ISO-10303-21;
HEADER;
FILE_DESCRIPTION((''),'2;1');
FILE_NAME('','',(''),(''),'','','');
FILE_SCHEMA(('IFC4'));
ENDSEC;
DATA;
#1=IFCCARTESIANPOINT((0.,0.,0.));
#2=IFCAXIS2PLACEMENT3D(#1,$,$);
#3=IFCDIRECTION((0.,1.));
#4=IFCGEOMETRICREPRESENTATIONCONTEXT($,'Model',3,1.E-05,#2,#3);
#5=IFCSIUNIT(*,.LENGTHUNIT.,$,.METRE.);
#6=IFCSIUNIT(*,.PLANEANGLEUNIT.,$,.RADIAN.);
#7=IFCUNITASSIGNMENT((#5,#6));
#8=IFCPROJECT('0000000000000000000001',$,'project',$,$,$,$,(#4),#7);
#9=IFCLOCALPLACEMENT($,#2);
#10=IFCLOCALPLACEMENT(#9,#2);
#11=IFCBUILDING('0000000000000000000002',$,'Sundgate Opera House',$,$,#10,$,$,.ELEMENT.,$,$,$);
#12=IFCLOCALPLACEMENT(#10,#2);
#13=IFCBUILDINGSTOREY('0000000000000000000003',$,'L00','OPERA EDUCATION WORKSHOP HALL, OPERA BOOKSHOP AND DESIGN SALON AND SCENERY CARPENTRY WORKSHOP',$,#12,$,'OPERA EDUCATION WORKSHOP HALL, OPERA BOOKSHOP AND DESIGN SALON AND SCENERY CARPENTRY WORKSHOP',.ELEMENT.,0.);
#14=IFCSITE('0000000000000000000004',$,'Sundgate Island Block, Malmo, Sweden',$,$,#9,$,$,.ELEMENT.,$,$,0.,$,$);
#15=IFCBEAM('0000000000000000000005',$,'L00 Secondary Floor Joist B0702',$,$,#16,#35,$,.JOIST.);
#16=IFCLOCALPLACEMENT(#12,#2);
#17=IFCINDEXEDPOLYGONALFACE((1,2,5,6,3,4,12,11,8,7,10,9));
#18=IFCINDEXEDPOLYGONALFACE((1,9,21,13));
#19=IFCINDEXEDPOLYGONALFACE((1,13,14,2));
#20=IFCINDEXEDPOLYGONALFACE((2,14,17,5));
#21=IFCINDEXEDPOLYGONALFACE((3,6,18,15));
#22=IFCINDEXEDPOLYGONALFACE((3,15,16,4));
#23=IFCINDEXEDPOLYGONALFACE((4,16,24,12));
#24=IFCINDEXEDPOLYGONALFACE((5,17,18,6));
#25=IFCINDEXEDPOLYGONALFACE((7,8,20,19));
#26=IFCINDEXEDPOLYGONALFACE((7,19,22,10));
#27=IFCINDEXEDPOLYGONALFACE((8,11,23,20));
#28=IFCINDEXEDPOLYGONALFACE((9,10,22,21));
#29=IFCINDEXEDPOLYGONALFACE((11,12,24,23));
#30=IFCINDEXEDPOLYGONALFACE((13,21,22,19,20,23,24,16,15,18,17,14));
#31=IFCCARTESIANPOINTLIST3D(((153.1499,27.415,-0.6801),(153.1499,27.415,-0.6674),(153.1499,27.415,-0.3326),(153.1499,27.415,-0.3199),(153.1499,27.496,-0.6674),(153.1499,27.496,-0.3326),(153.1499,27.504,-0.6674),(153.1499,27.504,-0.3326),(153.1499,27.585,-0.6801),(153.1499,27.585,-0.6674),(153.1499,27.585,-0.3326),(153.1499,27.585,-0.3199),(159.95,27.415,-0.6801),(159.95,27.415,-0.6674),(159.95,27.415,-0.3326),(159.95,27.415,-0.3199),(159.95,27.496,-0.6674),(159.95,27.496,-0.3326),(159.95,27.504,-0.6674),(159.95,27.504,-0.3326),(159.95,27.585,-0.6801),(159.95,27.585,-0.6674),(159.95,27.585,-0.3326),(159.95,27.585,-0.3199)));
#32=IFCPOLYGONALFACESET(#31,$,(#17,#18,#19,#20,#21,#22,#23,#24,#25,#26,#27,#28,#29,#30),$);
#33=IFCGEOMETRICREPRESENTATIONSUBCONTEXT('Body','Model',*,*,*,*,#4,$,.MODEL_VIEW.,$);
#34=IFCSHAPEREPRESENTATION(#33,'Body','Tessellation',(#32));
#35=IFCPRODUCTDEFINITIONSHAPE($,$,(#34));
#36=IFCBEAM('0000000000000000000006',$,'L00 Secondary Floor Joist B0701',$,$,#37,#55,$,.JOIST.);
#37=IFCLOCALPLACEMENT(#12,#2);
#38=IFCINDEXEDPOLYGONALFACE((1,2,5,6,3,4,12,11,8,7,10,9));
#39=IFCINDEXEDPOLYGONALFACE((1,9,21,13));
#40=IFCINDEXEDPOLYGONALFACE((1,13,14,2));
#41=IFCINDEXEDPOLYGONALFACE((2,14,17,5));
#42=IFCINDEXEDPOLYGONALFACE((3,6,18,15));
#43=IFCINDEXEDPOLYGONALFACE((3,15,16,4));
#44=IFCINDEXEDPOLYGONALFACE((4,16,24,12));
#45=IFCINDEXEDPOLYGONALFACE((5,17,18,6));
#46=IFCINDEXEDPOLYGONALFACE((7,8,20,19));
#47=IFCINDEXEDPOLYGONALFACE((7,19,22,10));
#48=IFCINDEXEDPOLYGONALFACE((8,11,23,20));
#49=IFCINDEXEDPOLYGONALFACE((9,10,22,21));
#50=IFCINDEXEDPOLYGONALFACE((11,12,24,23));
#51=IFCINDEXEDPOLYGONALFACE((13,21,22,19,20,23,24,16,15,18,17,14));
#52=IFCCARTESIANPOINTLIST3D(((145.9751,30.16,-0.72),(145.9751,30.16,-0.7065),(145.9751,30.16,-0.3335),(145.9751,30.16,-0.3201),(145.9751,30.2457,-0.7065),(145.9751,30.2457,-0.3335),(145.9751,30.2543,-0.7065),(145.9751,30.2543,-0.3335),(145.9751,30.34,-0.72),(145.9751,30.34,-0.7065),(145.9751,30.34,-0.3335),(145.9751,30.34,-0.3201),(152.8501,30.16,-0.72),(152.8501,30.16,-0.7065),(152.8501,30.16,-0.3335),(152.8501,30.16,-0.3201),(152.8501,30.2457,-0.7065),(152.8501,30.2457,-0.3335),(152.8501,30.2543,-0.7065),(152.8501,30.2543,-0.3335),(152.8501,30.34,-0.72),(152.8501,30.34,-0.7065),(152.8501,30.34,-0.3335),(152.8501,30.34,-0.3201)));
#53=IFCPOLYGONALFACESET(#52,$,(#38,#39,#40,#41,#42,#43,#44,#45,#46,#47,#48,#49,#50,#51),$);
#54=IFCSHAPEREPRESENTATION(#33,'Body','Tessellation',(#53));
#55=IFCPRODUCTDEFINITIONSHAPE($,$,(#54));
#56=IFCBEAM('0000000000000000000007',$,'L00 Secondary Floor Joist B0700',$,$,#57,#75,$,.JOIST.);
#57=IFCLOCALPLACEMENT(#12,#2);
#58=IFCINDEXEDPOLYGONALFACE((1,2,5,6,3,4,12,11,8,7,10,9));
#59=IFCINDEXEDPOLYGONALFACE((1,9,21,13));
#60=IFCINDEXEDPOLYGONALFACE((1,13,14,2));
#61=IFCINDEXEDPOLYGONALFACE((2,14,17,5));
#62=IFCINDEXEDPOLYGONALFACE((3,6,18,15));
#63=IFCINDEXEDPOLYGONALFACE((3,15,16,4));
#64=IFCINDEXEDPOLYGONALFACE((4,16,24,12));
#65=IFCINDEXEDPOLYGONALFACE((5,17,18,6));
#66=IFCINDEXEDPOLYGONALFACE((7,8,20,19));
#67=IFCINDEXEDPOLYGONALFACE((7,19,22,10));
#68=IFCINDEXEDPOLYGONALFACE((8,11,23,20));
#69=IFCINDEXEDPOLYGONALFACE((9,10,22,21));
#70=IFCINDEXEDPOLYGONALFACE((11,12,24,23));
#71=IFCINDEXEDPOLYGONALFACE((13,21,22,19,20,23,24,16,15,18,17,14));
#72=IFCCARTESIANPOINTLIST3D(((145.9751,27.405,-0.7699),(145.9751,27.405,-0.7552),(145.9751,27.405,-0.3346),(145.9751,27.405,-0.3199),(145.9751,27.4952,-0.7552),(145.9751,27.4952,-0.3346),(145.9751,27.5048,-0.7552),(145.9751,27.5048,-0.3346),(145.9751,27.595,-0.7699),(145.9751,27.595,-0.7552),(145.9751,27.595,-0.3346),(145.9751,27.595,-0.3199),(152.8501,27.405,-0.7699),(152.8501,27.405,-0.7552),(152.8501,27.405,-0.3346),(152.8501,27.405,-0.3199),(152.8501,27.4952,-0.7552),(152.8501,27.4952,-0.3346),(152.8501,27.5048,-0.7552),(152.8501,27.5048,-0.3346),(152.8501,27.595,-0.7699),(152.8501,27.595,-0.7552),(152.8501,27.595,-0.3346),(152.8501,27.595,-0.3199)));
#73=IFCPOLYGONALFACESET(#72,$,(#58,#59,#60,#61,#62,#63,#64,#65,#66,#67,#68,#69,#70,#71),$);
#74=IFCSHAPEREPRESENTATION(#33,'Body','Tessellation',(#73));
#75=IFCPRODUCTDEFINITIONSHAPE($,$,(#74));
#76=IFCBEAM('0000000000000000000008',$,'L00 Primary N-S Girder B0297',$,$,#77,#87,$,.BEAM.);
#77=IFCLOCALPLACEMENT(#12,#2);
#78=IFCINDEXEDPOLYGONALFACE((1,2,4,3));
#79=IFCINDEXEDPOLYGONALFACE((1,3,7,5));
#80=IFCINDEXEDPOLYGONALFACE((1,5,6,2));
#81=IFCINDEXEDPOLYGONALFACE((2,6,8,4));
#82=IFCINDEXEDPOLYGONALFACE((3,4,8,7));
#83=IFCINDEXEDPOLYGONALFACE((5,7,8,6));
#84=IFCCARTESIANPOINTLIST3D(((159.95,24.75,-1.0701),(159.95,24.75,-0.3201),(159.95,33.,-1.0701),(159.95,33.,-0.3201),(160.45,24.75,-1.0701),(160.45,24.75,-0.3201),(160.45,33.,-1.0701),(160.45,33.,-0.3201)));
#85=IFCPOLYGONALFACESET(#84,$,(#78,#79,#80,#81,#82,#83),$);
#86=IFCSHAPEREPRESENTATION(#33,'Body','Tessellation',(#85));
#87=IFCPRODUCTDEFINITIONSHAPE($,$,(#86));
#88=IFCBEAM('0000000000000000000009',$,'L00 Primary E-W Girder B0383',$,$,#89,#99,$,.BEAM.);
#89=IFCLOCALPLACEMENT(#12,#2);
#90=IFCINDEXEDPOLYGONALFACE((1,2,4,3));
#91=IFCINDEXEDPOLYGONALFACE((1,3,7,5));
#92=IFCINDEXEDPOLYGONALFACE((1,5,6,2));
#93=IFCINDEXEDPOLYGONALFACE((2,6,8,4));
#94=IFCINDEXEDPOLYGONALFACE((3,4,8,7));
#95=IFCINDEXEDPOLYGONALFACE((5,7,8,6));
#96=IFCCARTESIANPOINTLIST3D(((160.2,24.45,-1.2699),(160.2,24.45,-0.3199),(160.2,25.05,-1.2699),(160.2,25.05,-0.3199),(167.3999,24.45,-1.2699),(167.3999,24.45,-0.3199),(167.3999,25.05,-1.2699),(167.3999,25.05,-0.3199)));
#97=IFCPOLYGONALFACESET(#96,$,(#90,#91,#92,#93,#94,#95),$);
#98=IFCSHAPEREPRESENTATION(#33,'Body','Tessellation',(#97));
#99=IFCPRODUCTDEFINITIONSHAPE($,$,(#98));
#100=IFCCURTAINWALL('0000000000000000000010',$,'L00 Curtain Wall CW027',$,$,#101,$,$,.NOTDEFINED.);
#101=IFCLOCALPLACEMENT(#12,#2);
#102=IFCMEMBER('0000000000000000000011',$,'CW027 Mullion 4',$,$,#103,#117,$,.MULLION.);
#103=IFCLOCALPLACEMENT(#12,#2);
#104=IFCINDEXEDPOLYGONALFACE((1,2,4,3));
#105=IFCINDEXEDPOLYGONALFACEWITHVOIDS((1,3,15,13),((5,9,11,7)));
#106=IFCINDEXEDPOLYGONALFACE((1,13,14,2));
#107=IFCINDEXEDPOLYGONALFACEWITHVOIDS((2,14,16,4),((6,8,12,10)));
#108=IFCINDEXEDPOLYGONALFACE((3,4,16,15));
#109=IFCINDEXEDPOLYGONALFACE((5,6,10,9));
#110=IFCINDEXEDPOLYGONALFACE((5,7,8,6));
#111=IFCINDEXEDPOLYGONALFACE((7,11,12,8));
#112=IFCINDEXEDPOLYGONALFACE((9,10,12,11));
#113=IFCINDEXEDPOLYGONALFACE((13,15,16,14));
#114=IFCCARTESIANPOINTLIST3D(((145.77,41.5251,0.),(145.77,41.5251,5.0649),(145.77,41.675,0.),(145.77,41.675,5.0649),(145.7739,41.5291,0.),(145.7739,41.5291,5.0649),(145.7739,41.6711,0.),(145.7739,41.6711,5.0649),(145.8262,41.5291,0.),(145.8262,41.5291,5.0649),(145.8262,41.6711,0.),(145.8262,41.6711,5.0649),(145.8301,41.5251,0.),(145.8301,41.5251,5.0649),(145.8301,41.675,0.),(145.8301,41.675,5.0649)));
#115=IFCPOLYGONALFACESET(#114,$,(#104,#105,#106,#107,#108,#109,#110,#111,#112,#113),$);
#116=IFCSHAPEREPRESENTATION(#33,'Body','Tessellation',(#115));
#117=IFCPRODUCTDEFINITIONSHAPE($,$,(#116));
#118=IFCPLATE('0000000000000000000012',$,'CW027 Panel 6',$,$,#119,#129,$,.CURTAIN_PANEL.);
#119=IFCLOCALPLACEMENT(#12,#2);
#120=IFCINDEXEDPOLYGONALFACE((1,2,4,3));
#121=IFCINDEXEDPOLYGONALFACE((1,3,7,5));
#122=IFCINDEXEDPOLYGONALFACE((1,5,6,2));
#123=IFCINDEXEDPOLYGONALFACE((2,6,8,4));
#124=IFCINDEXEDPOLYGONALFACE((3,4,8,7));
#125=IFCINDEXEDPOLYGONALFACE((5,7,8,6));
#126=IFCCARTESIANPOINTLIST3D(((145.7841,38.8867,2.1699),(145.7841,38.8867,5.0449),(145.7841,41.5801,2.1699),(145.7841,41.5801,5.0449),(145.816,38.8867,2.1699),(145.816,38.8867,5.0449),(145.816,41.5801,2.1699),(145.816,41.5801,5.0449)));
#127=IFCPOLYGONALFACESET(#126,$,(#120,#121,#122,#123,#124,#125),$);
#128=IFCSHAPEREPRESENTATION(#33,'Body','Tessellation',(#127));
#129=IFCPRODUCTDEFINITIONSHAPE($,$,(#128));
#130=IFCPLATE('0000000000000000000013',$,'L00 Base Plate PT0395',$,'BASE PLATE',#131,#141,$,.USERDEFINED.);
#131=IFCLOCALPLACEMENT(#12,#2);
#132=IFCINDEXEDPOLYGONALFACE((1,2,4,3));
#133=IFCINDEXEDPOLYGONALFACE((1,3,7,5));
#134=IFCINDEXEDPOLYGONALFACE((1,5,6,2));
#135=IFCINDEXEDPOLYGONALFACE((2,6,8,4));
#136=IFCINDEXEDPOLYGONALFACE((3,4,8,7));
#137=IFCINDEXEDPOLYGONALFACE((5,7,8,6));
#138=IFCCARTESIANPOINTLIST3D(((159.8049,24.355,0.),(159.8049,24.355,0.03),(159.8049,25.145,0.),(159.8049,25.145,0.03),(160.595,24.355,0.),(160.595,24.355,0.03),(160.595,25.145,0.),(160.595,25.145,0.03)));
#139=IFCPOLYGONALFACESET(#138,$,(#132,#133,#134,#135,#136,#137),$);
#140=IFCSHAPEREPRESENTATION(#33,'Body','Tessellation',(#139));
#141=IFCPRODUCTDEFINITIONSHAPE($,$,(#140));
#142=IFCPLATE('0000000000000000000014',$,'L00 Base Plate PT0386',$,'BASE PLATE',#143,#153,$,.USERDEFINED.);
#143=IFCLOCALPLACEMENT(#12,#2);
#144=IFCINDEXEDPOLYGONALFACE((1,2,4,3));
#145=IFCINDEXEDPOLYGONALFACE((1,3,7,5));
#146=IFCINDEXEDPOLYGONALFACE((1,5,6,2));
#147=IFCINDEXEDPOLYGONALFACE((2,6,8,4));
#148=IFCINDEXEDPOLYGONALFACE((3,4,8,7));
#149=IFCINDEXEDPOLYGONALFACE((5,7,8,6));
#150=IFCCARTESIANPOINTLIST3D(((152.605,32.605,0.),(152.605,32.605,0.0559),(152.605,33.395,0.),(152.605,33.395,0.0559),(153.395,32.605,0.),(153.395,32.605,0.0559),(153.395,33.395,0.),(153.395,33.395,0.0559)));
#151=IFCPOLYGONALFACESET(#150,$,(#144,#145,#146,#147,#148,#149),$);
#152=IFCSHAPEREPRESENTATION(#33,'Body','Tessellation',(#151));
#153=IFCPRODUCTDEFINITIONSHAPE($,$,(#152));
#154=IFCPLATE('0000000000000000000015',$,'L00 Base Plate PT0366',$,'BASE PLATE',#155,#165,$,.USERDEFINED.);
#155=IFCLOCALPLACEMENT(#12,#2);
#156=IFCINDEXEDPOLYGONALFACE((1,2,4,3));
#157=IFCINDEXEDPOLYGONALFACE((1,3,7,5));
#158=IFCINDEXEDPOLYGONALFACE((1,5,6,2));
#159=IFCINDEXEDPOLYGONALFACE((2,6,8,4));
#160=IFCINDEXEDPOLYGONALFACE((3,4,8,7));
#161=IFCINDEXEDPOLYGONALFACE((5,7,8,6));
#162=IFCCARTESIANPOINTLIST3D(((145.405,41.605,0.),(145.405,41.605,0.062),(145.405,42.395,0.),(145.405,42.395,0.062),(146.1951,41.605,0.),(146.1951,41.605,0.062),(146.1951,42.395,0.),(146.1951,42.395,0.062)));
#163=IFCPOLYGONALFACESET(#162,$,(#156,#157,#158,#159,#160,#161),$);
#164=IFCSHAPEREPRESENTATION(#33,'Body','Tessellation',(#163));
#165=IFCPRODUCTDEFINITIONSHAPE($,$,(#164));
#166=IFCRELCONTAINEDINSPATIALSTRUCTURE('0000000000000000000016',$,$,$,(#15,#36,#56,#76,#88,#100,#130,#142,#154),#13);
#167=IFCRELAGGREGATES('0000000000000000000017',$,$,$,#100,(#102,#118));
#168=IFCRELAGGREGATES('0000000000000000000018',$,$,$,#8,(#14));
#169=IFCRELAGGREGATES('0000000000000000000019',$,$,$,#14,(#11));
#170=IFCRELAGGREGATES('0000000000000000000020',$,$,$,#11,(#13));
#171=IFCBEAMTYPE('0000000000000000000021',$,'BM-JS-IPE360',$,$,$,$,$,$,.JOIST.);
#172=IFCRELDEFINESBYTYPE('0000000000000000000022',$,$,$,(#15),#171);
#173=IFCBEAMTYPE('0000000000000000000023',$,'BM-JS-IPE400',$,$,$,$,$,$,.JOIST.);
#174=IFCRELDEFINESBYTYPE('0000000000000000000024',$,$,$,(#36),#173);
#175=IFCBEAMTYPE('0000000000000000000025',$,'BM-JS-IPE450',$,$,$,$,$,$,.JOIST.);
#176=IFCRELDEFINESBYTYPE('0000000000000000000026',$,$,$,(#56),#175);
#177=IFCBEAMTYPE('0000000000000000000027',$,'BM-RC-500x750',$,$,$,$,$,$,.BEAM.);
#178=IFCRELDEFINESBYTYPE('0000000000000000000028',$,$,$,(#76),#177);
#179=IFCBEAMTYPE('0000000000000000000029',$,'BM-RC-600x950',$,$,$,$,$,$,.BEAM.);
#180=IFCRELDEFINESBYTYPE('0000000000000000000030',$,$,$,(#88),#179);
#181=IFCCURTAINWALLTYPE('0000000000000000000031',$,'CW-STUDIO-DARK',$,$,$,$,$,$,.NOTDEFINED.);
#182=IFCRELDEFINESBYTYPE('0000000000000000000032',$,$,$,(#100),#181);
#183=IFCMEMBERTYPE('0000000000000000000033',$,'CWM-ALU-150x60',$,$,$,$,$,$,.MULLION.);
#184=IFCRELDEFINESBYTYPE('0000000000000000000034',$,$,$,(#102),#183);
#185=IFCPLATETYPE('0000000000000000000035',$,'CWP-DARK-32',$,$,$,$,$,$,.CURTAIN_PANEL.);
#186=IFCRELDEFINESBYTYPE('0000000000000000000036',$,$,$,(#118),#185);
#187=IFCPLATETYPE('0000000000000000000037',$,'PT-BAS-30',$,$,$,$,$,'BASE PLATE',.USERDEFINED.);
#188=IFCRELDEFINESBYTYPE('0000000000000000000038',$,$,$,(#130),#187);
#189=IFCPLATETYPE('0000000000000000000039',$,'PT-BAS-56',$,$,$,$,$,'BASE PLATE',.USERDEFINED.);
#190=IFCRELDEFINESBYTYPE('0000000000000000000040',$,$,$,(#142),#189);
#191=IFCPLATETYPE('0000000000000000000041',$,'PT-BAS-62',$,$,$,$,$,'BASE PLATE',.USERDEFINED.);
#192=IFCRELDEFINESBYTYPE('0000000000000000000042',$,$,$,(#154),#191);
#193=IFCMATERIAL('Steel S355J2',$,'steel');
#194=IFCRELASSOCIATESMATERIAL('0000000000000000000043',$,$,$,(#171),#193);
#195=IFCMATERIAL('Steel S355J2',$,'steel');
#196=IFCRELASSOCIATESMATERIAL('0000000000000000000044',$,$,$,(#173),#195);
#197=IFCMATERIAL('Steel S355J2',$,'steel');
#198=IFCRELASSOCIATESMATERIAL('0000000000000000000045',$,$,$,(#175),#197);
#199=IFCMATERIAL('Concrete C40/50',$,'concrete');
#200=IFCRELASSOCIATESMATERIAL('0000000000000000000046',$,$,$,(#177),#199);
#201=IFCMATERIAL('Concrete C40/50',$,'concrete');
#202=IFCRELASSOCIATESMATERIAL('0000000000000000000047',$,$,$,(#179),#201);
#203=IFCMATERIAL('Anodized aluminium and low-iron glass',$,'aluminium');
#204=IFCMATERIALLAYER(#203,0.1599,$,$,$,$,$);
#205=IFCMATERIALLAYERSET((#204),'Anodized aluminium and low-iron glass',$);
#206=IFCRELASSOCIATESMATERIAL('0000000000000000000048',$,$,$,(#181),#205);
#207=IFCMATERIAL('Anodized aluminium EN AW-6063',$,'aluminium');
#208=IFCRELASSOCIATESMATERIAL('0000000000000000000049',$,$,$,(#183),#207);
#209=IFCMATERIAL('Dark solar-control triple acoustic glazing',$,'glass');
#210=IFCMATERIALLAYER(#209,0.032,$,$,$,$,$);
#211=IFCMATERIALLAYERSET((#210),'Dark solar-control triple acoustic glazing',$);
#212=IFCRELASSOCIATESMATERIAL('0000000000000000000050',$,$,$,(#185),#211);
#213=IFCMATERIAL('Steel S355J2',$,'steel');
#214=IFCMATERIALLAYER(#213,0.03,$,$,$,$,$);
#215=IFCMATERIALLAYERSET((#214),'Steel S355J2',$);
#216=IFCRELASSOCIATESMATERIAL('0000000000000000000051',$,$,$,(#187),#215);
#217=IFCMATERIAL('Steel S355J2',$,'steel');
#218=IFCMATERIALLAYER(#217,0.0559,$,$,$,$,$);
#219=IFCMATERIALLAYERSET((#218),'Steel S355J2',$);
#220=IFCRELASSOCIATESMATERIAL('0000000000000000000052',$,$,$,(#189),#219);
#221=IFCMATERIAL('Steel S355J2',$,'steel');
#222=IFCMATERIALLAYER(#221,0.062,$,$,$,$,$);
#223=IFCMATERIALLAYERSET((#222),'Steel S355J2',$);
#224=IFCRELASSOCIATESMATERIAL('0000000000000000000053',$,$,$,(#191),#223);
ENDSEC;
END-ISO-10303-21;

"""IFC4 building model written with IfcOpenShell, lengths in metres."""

from ifc_helpers import new_model, si_unit, direction, frame, origin, origin_2d, place, context, subcontext, project, spatial, rectangle, hollow_rectangle, i_section, extrude, material, layer, layer_set, material_profile, profile_set, type_object, element, aggregate, save


model = new_model("IFC4")

# Units and contexts
model_context = context("Model", 3, precision=1e-05, world=origin(), true_north=direction((0.0, 1.0)))
body_context = subcontext(model_context, "Body", "Model", "MODEL_VIEW")
ifc_project = project(units=[si_unit("LENGTHUNIT", "METRE"), si_unit("PLANEANGLEUNIT", "RADIAN")], contexts=[model_context])

# Site, building, storey
site_placement = place(None, origin())
site = spatial("IfcSite", under=ifc_project, at=site_placement, Name="Sundgate Island Block, Malmo, Sweden", CompositionType="ELEMENT", RefElevation=0.0)
building_placement = place(site_placement, origin())
building = spatial("IfcBuilding", under=site, at=building_placement, Name="Sundgate Opera House", CompositionType="ELEMENT")
storey_placement = place(building_placement, origin())
storey = spatial("IfcBuildingStorey", under=building, at=storey_placement, Name="L00", Description="OPERA EDUCATION WORKSHOP HALL, OPERA BOOKSHOP AND DESIGN SALON AND SCENERY CARPENTRY WORKSHOP", LongName="OPERA EDUCATION WORKSHOP HALL, OPERA BOOKSHOP AND DESIGN SALON AND SCENERY CARPENTRY WORKSHOP", CompositionType="ELEMENT", Elevation=0.0)

# Beams
ifc_material_1 = material(Name="Steel S355J2", Category="steel")
ifc_material_profile_1 = material_profile(ifc_material_1, i_section(OverallWidth=0.1699, OverallDepth=0.3601, WebThickness=0.0081, FlangeThickness=0.0127, at=origin_2d()), Name="IPE 360")
ifc_profile_set_1 = profile_set([ifc_material_profile_1], Name="Steel S355J2")
beam_type_1 = type_object("IfcBeamType", Name="BM-JS-IPE360", PredefinedType="JOIST", material=ifc_profile_set_1)
beam_1_placement = place(storey_placement, frame((153.1499, 27.5, -0.5), z_axis=(1.0, 0.0, 0.0), x_axis=(0.0, 1.0, 0.0)))
element("IfcBeam", 1, at=beam_1_placement, inside=storey, type_object=beam_type_1, Name="L00 Secondary Floor Joist B0702", PredefinedType="JOIST", context=body_context, shape_type="SweptSolid", body=[
    extrude(i_section(OverallWidth=0.1699, OverallDepth=0.3601, WebThickness=0.0081, FlangeThickness=0.0127, at=origin_2d()), origin(), (0.0, 0.0, 1.0), 6.8),
])
ifc_material_2 = material(Name="Steel S355J2", Category="steel")
ifc_material_profile_2 = material_profile(ifc_material_2, i_section(OverallWidth=0.1799, OverallDepth=0.3999, WebThickness=0.0085, FlangeThickness=0.0134, at=origin_2d()), Name="IPE 400")
ifc_profile_set_2 = profile_set([ifc_material_profile_2], Name="Steel S355J2")
beam_type_2 = type_object("IfcBeamType", Name="BM-JS-IPE400", PredefinedType="JOIST", material=ifc_profile_set_2)
beam_2_placement = place(storey_placement, frame((145.9751, 30.25, -0.52), z_axis=(1.0, 0.0, 0.0), x_axis=(0.0, 1.0, 0.0)))
element("IfcBeam", 2, at=beam_2_placement, inside=storey, type_object=beam_type_2, Name="L00 Secondary Floor Joist B0701", PredefinedType="JOIST", context=body_context, shape_type="SweptSolid", body=[
    extrude(i_section(OverallWidth=0.1799, OverallDepth=0.3999, WebThickness=0.0085, FlangeThickness=0.0134, at=origin_2d()), origin(), (0.0, 0.0, 1.0), 6.875),
])
ifc_material_3 = material(Name="Steel S355J2", Category="steel")
ifc_material_profile_3 = material_profile(ifc_material_3, i_section(OverallWidth=0.1899, OverallDepth=0.45, WebThickness=0.0095, FlangeThickness=0.0146, at=origin_2d()), Name="IPE 450")
ifc_profile_set_3 = profile_set([ifc_material_profile_3], Name="Steel S355J2")
beam_type_3 = type_object("IfcBeamType", Name="BM-JS-IPE450", PredefinedType="JOIST", material=ifc_profile_set_3)
beam_3_placement = place(storey_placement, frame((145.9751, 27.5, -0.5449), z_axis=(1.0, 0.0, 0.0), x_axis=(0.0, 1.0, 0.0)))
element("IfcBeam", 3, at=beam_3_placement, inside=storey, type_object=beam_type_3, Name="L00 Secondary Floor Joist B0700", PredefinedType="JOIST", context=body_context, shape_type="SweptSolid", body=[
    extrude(i_section(OverallWidth=0.1899, OverallDepth=0.45, WebThickness=0.0095, FlangeThickness=0.0146, at=origin_2d()), origin(), (0.0, 0.0, 1.0), 6.875),
])
ifc_material_4 = material(Name="Concrete C40/50", Category="concrete")
ifc_material_profile_4 = material_profile(ifc_material_4, rectangle(XDim=0.5, YDim=0.75, at=origin_2d()), Name="RC 500x750")
ifc_profile_set_4 = profile_set([ifc_material_profile_4], Name="Concrete C40/50")
beam_type_4 = type_object("IfcBeamType", Name="BM-RC-500x750", PredefinedType="BEAM", material=ifc_profile_set_4)
beam_4_placement = place(storey_placement, frame((160.2, 24.75, -0.6951), z_axis=(0.0, 1.0, 0.0), x_axis=(-1.0, 0.0, 0.0)))
element("IfcBeam", 4, at=beam_4_placement, inside=storey, type_object=beam_type_4, Name="L00 Primary N-S Girder B0297", PredefinedType="BEAM", context=body_context, shape_type="SweptSolid", body=[
    extrude(rectangle(XDim=0.5, YDim=0.75, at=origin_2d()), origin(), (0.0, 0.0, 1.0), 8.25),
])
ifc_material_5 = material(Name="Concrete C40/50", Category="concrete")
ifc_material_profile_5 = material_profile(ifc_material_5, rectangle(XDim=0.6001, YDim=0.95, at=origin_2d()), Name="RC 600x950")
ifc_profile_set_5 = profile_set([ifc_material_profile_5], Name="Concrete C40/50")
beam_type_5 = type_object("IfcBeamType", Name="BM-RC-600x950", PredefinedType="BEAM", material=ifc_profile_set_5)
beam_5_placement = place(storey_placement, frame((160.2, 24.75, -0.7949), z_axis=(1.0, 0.0, 0.0), x_axis=(0.0, 1.0, 0.0)))
element("IfcBeam", 5, at=beam_5_placement, inside=storey, type_object=beam_type_5, Name="L00 Primary E-W Girder B0383", PredefinedType="BEAM", context=body_context, shape_type="SweptSolid", body=[
    extrude(rectangle(XDim=0.6001, YDim=0.95, at=origin_2d()), origin(), (0.0, 0.0, 1.0), 7.2),
])

# Curtain wall, member, plate
ifc_material_6 = material(Name="Anodized aluminium and low-iron glass", Category="aluminium")
ifc_layer_1 = layer(ifc_material_6, 0.1599)
ifc_layer_set_1 = layer_set([ifc_layer_1], Name="Anodized aluminium and low-iron glass")
curtain_wall_type = type_object("IfcCurtainWallType", Name="CW-STUDIO-DARK", PredefinedType="NOTDEFINED", material=ifc_layer_set_1)
curtain_wall_placement = place(storey_placement, origin())
curtain_wall = element("IfcCurtainWall", 6, at=curtain_wall_placement, inside=storey, type_object=curtain_wall_type, Name="L00 Curtain Wall CW027", PredefinedType="NOTDEFINED")
ifc_material_7 = material(Name="Anodized aluminium EN AW-6063", Category="aluminium")
ifc_material_profile_6 = material_profile(ifc_material_7, hollow_rectangle(XDim=0.0601, YDim=0.1499, WallThickness=0.0039, at=origin_2d()), Name="CWM 150x60x4")
ifc_profile_set_6 = profile_set([ifc_material_profile_6], Name="Anodized aluminium EN AW-6063")
member_type = type_object("IfcMemberType", Name="CWM-ALU-150x60", PredefinedType="MULLION", material=ifc_profile_set_6)
member_placement = place(storey_placement, frame((145.8, 41.6001, 0.0), z_axis=(0.0, 0.0, 1.0), x_axis=(1.0, 0.0, 0.0)))
member = element("IfcMember", 7, at=member_placement, type_object=member_type, Name="CW027 Mullion 4", PredefinedType="MULLION", context=body_context, shape_type="SweptSolid", body=[
    extrude(hollow_rectangle(XDim=0.0601, YDim=0.1499, WallThickness=0.0039, at=origin_2d()), origin(), (0.0, 0.0, 1.0), 5.0649),
])
ifc_material_8 = material(Name="Dark solar-control triple acoustic glazing", Category="glass")
ifc_layer_2 = layer(ifc_material_8, 0.032)
ifc_layer_set_2 = layer_set([ifc_layer_2], Name="Dark solar-control triple acoustic glazing")
plate_type_1 = type_object("IfcPlateType", Name="CWP-DARK-32", PredefinedType="CURTAIN_PANEL", material=ifc_layer_set_2)
plate_1_placement = place(storey_placement, frame((145.8, 40.2334, 2.1699), z_axis=(0.0, 0.0, 1.0), x_axis=(0.0, 1.0, 0.0)))
plate_1 = element("IfcPlate", 8, at=plate_1_placement, type_object=plate_type_1, Name="CW027 Panel 6", PredefinedType="CURTAIN_PANEL", context=body_context, shape_type="SweptSolid", body=[
    extrude(rectangle(XDim=2.6934, YDim=0.032, at=origin_2d()), origin(), (0.0, 0.0, 1.0), 2.875),
])
aggregate(curtain_wall, [member, plate_1])

# Plates
ifc_material_9 = material(Name="Steel S355J2", Category="steel")
ifc_layer_3 = layer(ifc_material_9, 0.03)
ifc_layer_set_3 = layer_set([ifc_layer_3], Name="Steel S355J2")
plate_type_2 = type_object("IfcPlateType", Name="PT-BAS-30", ElementType="BASE PLATE", PredefinedType="USERDEFINED", material=ifc_layer_set_3)
plate_2_placement = place(storey_placement, frame((160.2, 24.75, 0.0), z_axis=(0.0, 0.0, 1.0), x_axis=(1.0, 0.0, 0.0)))
element("IfcPlate", 9, at=plate_2_placement, inside=storey, type_object=plate_type_2, Name="L00 Base Plate PT0395", ObjectType="BASE PLATE", PredefinedType="USERDEFINED", context=body_context, shape_type="SweptSolid", body=[
    extrude(rectangle(XDim=0.79, YDim=0.79, at=origin_2d()), origin(), (0.0, 0.0, 1.0), 0.03),
])
ifc_material_10 = material(Name="Steel S355J2", Category="steel")
ifc_layer_4 = layer(ifc_material_10, 0.0559)
ifc_layer_set_4 = layer_set([ifc_layer_4], Name="Steel S355J2")
plate_type_3 = type_object("IfcPlateType", Name="PT-BAS-56", ElementType="BASE PLATE", PredefinedType="USERDEFINED", material=ifc_layer_set_4)
plate_3_placement = place(storey_placement, frame((153.0, 33.0, 0.0), z_axis=(0.0, 0.0, 1.0), x_axis=(1.0, 0.0, 0.0)))
element("IfcPlate", 10, at=plate_3_placement, inside=storey, type_object=plate_type_3, Name="L00 Base Plate PT0386", ObjectType="BASE PLATE", PredefinedType="USERDEFINED", context=body_context, shape_type="SweptSolid", body=[
    extrude(rectangle(XDim=0.79, YDim=0.79, at=origin_2d()), origin(), (0.0, 0.0, 1.0), 0.0559),
])
ifc_material_11 = material(Name="Steel S355J2", Category="steel")
ifc_layer_5 = layer(ifc_material_11, 0.062)
ifc_layer_set_5 = layer_set([ifc_layer_5], Name="Steel S355J2")
plate_type_4 = type_object("IfcPlateType", Name="PT-BAS-62", ElementType="BASE PLATE", PredefinedType="USERDEFINED", material=ifc_layer_set_5)
for number, where, z_axis, x_axis, name in (
    (11, (145.8, 42.0, 0.0), (0.0, 0.0, 1.0), (1.0, 0.0, 0.0), "L00 Base Plate PT0366"),
):
    element("IfcPlate", number, at=place(storey_placement, frame(where, z_axis=z_axis, x_axis=x_axis)), inside=storey, type_object=plate_type_4, Name=name, ObjectType="BASE PLATE", PredefinedType="USERDEFINED", context=body_context, shape_type="SweptSolid", body=[
        extrude(rectangle(XDim=0.79, YDim=0.79, at=origin_2d()), origin(), (0.0, 0.0, 1.0), 0.062),
    ])

save(model, "model.ifc")
